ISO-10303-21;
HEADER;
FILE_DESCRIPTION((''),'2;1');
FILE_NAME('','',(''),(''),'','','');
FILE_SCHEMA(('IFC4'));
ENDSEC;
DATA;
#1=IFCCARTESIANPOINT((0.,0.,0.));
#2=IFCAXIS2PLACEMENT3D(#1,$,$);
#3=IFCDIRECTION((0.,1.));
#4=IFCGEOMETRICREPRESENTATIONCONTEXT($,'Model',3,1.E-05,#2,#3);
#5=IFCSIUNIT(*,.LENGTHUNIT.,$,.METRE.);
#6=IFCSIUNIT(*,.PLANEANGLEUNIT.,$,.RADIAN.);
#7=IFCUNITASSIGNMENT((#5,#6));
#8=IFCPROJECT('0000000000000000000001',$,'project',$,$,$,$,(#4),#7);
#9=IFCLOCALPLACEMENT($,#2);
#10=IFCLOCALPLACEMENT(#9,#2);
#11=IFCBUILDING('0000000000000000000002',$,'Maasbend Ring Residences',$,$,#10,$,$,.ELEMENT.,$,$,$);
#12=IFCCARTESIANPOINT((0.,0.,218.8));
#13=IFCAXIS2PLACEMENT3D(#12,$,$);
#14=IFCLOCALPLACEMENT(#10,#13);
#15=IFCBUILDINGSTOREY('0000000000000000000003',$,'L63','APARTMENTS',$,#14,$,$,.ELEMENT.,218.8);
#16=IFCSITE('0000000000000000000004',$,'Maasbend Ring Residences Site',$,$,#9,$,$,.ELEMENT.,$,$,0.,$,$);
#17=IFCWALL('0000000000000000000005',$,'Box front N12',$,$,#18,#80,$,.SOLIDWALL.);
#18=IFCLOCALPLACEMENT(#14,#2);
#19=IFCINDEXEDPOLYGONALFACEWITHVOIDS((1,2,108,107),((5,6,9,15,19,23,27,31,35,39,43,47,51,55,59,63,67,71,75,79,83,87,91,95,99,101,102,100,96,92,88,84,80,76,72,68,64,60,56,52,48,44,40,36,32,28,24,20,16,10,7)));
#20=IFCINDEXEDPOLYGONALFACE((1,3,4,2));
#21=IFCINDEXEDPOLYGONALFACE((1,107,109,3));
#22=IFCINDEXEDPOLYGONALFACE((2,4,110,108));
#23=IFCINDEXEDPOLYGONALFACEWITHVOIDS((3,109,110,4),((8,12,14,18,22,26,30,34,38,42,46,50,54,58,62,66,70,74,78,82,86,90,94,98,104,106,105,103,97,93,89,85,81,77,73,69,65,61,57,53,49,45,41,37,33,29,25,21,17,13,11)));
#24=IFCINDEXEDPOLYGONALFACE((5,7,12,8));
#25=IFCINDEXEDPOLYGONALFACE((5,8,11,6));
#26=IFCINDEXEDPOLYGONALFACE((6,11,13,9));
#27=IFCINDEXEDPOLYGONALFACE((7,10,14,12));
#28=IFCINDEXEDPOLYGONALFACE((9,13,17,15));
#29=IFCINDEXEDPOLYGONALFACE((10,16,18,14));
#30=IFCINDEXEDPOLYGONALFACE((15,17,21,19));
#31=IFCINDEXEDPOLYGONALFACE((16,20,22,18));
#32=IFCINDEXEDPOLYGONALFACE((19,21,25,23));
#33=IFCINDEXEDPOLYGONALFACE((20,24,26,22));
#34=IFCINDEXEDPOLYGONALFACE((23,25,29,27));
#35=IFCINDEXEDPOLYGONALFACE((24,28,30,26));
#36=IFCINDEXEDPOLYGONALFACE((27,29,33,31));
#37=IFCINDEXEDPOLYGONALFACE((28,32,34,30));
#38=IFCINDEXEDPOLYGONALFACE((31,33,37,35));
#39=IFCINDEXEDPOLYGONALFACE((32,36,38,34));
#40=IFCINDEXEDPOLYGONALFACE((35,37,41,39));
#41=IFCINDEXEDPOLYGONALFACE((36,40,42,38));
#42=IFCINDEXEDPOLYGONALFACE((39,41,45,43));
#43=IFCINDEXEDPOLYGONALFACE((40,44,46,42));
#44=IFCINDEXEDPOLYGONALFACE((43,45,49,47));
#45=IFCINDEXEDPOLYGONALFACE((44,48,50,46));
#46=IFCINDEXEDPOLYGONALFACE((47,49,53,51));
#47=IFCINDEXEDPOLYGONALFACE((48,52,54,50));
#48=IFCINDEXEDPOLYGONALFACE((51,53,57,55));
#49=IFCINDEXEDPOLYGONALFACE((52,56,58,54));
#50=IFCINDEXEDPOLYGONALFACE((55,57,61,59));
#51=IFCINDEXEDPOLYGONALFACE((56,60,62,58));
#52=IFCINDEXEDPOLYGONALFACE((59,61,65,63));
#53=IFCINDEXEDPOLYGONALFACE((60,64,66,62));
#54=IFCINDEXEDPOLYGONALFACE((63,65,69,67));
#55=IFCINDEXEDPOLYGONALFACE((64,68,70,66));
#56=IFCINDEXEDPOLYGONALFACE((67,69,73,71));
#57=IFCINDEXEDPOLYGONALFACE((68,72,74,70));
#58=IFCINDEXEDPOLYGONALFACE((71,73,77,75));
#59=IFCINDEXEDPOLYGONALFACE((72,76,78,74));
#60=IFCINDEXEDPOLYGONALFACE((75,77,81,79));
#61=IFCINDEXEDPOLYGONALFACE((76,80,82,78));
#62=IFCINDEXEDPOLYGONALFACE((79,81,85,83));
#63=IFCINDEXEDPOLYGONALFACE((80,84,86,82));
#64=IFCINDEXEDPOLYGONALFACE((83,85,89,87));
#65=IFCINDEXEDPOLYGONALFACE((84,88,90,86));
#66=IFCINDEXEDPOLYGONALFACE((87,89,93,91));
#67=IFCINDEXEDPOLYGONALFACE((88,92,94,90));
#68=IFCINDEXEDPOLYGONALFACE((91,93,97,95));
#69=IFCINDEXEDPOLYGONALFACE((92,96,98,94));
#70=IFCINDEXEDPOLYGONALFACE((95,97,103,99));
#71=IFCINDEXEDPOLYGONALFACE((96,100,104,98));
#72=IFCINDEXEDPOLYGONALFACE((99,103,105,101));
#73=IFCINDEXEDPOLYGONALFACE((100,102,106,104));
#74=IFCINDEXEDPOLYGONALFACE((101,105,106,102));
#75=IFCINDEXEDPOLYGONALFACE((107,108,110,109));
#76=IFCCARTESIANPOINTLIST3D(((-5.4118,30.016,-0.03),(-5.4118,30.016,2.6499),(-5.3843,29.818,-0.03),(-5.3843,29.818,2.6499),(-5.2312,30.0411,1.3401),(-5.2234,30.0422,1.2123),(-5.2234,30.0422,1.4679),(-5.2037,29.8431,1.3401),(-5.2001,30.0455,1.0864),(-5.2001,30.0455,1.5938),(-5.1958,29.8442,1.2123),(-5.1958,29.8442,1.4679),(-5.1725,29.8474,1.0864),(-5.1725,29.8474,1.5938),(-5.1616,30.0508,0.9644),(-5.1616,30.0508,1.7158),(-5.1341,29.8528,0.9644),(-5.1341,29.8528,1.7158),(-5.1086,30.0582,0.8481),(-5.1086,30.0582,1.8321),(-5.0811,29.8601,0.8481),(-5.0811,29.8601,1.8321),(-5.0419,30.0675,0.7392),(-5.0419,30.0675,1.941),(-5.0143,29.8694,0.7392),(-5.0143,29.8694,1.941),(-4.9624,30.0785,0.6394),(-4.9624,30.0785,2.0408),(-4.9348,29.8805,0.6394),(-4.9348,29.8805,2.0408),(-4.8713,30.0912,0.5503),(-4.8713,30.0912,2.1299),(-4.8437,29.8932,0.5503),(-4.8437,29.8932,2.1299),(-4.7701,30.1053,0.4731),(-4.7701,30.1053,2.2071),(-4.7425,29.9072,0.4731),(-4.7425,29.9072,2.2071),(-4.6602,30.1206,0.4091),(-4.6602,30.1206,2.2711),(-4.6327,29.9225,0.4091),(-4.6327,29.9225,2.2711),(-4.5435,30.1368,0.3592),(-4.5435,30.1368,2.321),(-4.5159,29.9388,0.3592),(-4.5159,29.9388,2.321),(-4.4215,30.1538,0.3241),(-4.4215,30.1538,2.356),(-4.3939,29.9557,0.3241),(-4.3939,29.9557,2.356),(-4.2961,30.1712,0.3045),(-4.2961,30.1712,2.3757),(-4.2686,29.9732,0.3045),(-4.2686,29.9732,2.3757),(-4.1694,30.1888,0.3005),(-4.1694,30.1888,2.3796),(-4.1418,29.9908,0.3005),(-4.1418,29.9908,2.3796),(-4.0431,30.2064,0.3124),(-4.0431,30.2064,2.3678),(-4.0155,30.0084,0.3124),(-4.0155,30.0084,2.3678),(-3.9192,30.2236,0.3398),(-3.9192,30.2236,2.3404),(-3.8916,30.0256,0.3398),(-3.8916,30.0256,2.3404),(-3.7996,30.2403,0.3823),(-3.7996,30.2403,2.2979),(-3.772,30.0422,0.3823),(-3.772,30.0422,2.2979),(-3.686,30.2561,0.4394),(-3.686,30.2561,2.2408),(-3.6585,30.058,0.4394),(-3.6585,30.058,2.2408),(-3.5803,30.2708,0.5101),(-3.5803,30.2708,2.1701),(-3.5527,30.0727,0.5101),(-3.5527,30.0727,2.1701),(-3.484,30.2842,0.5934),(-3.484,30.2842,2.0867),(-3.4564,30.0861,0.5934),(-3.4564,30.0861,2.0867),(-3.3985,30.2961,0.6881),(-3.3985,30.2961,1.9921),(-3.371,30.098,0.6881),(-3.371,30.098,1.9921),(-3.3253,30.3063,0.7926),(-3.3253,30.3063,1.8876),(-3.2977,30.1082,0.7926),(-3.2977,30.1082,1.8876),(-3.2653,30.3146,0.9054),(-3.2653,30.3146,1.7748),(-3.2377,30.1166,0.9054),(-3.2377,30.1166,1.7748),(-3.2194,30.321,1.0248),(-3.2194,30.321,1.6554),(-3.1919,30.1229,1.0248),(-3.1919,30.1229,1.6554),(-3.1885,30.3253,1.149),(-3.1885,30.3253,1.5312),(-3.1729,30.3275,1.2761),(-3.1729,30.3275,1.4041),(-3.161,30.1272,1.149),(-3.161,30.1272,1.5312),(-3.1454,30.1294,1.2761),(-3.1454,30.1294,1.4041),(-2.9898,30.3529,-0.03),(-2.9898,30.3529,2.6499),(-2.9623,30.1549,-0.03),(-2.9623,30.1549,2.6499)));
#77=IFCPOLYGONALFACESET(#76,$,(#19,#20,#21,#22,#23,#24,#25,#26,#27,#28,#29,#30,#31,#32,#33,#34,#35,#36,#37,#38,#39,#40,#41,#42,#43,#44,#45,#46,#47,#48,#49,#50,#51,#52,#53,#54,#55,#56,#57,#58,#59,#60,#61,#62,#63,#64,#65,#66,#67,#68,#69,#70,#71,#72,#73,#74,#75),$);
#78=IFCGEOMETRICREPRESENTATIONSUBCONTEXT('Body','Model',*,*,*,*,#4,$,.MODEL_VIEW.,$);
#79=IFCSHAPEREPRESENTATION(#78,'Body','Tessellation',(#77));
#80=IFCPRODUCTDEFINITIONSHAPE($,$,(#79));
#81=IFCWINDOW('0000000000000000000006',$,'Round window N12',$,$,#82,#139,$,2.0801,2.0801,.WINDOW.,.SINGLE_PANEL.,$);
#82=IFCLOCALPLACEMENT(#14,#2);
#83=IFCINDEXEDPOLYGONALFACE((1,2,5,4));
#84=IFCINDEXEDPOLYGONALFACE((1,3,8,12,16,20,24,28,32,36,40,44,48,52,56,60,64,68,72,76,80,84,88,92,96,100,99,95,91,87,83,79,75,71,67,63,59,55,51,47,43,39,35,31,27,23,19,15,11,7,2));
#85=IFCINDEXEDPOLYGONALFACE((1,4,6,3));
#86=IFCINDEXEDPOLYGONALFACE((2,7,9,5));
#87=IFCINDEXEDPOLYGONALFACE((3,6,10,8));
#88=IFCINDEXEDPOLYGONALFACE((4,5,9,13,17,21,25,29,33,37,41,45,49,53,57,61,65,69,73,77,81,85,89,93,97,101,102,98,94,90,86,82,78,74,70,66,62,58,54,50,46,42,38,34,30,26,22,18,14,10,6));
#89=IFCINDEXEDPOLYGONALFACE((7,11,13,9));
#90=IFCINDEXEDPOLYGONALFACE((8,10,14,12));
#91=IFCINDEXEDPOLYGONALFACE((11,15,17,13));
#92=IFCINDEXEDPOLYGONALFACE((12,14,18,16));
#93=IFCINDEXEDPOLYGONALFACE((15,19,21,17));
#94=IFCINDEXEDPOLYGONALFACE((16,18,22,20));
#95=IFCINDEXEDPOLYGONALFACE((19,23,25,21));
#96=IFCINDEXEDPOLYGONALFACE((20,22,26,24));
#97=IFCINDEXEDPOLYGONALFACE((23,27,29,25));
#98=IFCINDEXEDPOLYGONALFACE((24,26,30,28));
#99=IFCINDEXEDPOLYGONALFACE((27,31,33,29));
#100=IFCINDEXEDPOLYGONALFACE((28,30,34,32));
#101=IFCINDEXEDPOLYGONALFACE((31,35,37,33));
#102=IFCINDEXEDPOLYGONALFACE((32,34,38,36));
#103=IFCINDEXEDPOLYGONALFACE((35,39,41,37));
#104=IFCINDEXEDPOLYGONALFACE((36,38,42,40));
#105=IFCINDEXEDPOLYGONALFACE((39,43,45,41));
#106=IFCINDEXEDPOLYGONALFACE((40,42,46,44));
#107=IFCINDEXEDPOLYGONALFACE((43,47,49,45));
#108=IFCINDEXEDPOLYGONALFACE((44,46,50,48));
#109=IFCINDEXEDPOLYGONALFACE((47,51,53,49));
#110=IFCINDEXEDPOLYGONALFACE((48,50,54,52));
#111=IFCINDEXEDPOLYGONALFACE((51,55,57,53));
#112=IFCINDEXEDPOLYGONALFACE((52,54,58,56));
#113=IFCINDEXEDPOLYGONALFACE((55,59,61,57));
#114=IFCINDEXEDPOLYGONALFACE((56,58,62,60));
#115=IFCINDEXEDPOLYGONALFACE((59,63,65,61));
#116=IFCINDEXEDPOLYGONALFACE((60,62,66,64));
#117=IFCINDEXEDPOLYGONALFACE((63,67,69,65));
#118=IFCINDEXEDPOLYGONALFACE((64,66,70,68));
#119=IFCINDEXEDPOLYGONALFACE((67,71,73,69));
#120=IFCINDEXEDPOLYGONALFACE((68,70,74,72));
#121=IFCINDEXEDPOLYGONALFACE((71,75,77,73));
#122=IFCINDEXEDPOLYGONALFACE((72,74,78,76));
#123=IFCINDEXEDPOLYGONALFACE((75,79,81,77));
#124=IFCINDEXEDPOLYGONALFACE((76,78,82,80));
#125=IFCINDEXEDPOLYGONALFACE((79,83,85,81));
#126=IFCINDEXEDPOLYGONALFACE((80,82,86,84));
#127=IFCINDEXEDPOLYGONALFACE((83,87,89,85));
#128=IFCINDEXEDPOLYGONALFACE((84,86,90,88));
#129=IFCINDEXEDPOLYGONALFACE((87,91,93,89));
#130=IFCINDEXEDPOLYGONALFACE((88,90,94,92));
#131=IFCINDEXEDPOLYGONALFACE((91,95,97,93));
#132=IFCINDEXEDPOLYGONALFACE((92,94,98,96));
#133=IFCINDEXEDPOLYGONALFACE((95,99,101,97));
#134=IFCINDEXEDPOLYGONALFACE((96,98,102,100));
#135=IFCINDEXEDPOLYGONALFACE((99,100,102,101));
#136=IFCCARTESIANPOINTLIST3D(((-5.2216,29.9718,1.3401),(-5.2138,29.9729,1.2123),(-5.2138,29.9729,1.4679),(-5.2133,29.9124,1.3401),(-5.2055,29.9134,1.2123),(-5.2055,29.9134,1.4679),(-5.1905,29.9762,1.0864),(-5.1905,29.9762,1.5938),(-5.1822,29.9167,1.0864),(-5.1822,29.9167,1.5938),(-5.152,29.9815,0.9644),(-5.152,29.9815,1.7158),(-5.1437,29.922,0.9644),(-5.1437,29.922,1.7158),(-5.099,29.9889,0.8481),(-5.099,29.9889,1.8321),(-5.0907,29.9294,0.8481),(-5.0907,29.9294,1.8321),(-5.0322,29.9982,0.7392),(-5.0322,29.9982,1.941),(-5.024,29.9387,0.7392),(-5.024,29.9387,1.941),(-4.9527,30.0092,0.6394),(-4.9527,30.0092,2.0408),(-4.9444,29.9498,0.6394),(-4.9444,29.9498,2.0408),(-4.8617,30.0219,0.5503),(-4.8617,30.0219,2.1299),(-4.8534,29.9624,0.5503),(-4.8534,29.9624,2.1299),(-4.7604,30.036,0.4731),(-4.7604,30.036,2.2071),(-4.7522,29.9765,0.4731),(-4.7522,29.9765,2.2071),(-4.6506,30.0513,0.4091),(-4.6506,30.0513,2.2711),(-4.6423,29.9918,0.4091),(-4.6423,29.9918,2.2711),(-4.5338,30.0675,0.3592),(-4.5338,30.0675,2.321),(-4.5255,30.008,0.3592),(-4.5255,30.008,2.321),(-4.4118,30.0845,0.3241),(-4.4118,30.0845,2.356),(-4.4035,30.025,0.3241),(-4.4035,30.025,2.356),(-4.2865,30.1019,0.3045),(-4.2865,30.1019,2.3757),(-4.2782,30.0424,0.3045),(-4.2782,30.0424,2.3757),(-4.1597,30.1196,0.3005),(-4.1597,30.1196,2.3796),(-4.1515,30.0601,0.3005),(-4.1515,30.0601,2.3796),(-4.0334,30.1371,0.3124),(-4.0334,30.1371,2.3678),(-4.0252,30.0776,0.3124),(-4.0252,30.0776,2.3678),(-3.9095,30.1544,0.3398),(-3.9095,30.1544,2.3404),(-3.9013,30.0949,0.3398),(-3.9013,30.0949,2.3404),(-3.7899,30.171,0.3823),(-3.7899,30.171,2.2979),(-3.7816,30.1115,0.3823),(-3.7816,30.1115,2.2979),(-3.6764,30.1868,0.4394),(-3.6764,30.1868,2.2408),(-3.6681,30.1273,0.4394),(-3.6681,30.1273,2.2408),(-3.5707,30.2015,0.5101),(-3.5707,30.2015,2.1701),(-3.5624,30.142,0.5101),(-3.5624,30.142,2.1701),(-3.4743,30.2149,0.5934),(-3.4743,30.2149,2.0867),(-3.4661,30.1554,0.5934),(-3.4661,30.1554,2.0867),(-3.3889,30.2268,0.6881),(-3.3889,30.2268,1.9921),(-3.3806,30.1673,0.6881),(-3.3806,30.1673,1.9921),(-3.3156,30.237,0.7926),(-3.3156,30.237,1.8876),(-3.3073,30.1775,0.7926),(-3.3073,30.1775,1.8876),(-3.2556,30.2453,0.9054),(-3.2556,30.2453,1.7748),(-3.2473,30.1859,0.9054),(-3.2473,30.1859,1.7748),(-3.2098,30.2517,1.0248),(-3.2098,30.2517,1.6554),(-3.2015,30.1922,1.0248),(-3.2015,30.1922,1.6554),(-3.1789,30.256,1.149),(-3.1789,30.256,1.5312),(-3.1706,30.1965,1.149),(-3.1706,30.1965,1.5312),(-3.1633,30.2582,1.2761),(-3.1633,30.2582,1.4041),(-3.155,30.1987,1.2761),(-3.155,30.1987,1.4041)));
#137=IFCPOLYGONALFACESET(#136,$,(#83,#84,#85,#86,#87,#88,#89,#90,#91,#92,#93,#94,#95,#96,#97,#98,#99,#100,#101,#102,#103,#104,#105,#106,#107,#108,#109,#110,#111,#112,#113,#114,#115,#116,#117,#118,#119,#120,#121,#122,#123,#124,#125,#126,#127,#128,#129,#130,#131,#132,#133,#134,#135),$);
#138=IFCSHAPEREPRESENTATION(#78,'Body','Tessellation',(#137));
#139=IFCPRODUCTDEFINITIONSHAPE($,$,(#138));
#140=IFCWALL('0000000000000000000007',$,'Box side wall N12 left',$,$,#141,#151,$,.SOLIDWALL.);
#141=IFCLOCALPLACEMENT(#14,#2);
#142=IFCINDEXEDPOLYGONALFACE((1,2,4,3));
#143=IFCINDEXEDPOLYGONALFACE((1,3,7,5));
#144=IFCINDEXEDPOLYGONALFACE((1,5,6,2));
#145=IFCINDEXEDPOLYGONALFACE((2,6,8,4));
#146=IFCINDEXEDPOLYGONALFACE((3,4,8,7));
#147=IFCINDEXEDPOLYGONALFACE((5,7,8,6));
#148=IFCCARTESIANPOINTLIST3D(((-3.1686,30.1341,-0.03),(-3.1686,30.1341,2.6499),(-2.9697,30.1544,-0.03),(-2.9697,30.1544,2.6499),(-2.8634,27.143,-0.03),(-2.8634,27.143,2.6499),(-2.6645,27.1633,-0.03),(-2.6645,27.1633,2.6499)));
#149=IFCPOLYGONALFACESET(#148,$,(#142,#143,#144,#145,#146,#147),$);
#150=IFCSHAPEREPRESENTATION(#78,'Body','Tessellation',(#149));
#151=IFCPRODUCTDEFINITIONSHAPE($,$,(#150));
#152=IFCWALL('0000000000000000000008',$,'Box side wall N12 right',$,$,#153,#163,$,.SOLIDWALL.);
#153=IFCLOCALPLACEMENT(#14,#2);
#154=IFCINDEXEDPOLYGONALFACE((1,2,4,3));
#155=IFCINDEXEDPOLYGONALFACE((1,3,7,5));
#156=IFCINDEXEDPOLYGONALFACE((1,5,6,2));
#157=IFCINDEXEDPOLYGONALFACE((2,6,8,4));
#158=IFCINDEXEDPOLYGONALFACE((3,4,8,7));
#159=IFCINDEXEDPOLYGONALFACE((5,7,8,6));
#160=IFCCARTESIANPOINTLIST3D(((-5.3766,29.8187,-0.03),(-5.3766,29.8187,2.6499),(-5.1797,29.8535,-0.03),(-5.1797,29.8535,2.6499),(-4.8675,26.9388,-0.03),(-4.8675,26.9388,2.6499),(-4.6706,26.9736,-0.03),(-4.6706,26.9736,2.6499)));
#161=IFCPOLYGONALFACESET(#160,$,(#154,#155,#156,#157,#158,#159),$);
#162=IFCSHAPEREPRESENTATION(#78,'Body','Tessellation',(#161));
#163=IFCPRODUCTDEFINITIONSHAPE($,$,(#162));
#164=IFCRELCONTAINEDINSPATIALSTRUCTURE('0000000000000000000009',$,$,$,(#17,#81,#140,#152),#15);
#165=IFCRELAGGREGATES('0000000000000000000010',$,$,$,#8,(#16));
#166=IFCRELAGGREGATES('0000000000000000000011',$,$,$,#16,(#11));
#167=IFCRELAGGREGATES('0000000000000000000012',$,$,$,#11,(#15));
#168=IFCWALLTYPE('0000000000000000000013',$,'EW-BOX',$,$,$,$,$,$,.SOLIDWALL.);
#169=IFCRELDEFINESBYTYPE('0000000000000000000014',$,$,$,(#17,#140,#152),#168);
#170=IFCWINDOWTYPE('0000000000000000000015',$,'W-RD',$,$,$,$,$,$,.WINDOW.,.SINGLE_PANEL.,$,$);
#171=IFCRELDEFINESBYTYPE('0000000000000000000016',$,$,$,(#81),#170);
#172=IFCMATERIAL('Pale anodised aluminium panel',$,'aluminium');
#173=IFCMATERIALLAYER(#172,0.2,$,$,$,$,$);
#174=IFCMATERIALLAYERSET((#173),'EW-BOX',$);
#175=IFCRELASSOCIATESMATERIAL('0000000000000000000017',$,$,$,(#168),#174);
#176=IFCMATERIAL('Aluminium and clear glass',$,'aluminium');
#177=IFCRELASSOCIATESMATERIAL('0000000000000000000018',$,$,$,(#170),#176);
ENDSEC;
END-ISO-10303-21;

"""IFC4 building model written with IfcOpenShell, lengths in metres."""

from ifc_helpers import new_model, si_unit, direction, frame, frame_2d, origin, place, context, subcontext, project, spatial, rectangle, circle, extrude, material, layer, layer_set, type_object, element, fill, save


model = new_model("IFC4")

# Units and contexts
model_context = context("Model", 3, precision=1e-05, world=origin(), true_north=direction((0.0, 1.0)))
body_context = subcontext(model_context, "Body", "Model", "MODEL_VIEW")
ifc_project = project(units=[si_unit("LENGTHUNIT", "METRE"), si_unit("PLANEANGLEUNIT", "RADIAN")], contexts=[model_context])

# Site, building, storey
site_placement = place(None, origin())
site = spatial("IfcSite", under=ifc_project, at=site_placement, Name="Maasbend Ring Residences Site", CompositionType="ELEMENT", RefElevation=0.0)
building_placement = place(site_placement, origin())
building = spatial("IfcBuilding", under=site, at=building_placement, Name="Maasbend Ring Residences", CompositionType="ELEMENT")
storey_placement = place(building_placement, frame((0.0, 0.0, 218.8)))
storey = spatial("IfcBuildingStorey", under=building, at=storey_placement, Name="L63", Description="APARTMENTS", CompositionType="ELEMENT", Elevation=218.8)

# Wall, opening, window
ifc_material_1 = material(Name="Pale anodised aluminium panel", Category="aluminium")
ifc_layer_1 = layer(ifc_material_1, 0.2)
ifc_layer_set_1 = layer_set([ifc_layer_1], Name="EW-BOX")
wall_type_1 = type_object("IfcWallType", Name="EW-BOX", PredefinedType="SOLIDWALL", material=ifc_layer_set_1)
wall_1_placement = place(storey_placement, frame((-2.9761, 30.2539, -0.03), z_axis=(0.0, 0.0, 1.0), x_axis=(-0.990462, -0.137786, 0.0)))
wall_1 = element("IfcWall", 1, at=wall_1_placement, inside=storey, type_object=wall_type_1, Name="Box front N12", PredefinedType="SOLIDWALL", context=body_context, shape_type="SweptSolid", body=[
    extrude(rectangle(XDim=2.4453, YDim=0.2, at=frame_2d((1.2227, 0.0))), origin(), (0.0, 0.0, 1.0), 2.6799),
])
opening_1_placement = place(wall_1_placement, frame((0.1829, 0.0, 0.3301)))
opening_1 = element("IfcOpeningElement", 2, at=opening_1_placement, cuts=wall_1, PredefinedType="OPENING", context=body_context, shape_type="SweptSolid", body=[
    extrude(circle(Radius=1.04, at=frame_2d((1.04, 1.04))), frame((0.0, 0.1099, 0.0), z_axis=(0.0, -1.0, 0.0), x_axis=(1.0, 0.0, 0.0)), (0.0, 0.0, 1.0), 0.22),
])
ifc_material_2 = material(Name="Aluminium and clear glass", Category="aluminium")
window_type_1 = type_object("IfcWindowType", Name="W-RD", PartitioningType="SINGLE_PANEL", PredefinedType="WINDOW", material=ifc_material_2)
window_1_placement = place(opening_1_placement, origin())
window_1 = element("IfcWindow", 3, at=window_1_placement, inside=storey, type_object=window_type_1, Name="Round window N12", OverallHeight=2.0801, OverallWidth=2.0801, PartitioningType="SINGLE_PANEL", PredefinedType="WINDOW", context=body_context, shape_type="SweptSolid", body=[
    extrude(circle(Radius=1.04, at=frame_2d((1.04, 1.04))), frame((0.0, 0.03, 0.0), z_axis=(0.0, -1.0, 0.0), x_axis=(1.0, 0.0, 0.0)), (0.0, 0.0, 1.0), 0.0601),
])
fill(opening_1, window_1)

# Walls
wall_2_placement = place(storey_placement, frame((-2.7639, 27.1531, -0.03), z_axis=(0.0, 0.0, 1.0), x_axis=(-0.101505, 0.994835, 0.0)))
element("IfcWall", 4, at=wall_2_placement, inside=storey, type_object=wall_type_1, Name="Box side wall N12 left", PredefinedType="SOLIDWALL", context=body_context, shape_type="SweptSolid", body=[
    extrude(rectangle(XDim=3.0066, YDim=0.2, at=frame_2d((1.5034, 0.0))), origin(), (0.0, 0.0, 1.0), 2.6799),
])
wall_3_placement = place(storey_placement, frame((-4.769, 26.9561, -0.03), z_axis=(0.0, 0.0, 1.0), x_axis=(-0.174057, 0.984736, 0.0)))
element("IfcWall", 5, at=wall_3_placement, inside=storey, type_object=wall_type_1, Name="Box side wall N12 right", PredefinedType="SOLIDWALL", context=body_context, shape_type="SweptSolid", body=[
    extrude(rectangle(XDim=2.9246, YDim=0.2, at=frame_2d((1.4624, 0.0))), origin(), (0.0, 0.0, 1.0), 2.6799),
])

save(model, "model.ifc")
